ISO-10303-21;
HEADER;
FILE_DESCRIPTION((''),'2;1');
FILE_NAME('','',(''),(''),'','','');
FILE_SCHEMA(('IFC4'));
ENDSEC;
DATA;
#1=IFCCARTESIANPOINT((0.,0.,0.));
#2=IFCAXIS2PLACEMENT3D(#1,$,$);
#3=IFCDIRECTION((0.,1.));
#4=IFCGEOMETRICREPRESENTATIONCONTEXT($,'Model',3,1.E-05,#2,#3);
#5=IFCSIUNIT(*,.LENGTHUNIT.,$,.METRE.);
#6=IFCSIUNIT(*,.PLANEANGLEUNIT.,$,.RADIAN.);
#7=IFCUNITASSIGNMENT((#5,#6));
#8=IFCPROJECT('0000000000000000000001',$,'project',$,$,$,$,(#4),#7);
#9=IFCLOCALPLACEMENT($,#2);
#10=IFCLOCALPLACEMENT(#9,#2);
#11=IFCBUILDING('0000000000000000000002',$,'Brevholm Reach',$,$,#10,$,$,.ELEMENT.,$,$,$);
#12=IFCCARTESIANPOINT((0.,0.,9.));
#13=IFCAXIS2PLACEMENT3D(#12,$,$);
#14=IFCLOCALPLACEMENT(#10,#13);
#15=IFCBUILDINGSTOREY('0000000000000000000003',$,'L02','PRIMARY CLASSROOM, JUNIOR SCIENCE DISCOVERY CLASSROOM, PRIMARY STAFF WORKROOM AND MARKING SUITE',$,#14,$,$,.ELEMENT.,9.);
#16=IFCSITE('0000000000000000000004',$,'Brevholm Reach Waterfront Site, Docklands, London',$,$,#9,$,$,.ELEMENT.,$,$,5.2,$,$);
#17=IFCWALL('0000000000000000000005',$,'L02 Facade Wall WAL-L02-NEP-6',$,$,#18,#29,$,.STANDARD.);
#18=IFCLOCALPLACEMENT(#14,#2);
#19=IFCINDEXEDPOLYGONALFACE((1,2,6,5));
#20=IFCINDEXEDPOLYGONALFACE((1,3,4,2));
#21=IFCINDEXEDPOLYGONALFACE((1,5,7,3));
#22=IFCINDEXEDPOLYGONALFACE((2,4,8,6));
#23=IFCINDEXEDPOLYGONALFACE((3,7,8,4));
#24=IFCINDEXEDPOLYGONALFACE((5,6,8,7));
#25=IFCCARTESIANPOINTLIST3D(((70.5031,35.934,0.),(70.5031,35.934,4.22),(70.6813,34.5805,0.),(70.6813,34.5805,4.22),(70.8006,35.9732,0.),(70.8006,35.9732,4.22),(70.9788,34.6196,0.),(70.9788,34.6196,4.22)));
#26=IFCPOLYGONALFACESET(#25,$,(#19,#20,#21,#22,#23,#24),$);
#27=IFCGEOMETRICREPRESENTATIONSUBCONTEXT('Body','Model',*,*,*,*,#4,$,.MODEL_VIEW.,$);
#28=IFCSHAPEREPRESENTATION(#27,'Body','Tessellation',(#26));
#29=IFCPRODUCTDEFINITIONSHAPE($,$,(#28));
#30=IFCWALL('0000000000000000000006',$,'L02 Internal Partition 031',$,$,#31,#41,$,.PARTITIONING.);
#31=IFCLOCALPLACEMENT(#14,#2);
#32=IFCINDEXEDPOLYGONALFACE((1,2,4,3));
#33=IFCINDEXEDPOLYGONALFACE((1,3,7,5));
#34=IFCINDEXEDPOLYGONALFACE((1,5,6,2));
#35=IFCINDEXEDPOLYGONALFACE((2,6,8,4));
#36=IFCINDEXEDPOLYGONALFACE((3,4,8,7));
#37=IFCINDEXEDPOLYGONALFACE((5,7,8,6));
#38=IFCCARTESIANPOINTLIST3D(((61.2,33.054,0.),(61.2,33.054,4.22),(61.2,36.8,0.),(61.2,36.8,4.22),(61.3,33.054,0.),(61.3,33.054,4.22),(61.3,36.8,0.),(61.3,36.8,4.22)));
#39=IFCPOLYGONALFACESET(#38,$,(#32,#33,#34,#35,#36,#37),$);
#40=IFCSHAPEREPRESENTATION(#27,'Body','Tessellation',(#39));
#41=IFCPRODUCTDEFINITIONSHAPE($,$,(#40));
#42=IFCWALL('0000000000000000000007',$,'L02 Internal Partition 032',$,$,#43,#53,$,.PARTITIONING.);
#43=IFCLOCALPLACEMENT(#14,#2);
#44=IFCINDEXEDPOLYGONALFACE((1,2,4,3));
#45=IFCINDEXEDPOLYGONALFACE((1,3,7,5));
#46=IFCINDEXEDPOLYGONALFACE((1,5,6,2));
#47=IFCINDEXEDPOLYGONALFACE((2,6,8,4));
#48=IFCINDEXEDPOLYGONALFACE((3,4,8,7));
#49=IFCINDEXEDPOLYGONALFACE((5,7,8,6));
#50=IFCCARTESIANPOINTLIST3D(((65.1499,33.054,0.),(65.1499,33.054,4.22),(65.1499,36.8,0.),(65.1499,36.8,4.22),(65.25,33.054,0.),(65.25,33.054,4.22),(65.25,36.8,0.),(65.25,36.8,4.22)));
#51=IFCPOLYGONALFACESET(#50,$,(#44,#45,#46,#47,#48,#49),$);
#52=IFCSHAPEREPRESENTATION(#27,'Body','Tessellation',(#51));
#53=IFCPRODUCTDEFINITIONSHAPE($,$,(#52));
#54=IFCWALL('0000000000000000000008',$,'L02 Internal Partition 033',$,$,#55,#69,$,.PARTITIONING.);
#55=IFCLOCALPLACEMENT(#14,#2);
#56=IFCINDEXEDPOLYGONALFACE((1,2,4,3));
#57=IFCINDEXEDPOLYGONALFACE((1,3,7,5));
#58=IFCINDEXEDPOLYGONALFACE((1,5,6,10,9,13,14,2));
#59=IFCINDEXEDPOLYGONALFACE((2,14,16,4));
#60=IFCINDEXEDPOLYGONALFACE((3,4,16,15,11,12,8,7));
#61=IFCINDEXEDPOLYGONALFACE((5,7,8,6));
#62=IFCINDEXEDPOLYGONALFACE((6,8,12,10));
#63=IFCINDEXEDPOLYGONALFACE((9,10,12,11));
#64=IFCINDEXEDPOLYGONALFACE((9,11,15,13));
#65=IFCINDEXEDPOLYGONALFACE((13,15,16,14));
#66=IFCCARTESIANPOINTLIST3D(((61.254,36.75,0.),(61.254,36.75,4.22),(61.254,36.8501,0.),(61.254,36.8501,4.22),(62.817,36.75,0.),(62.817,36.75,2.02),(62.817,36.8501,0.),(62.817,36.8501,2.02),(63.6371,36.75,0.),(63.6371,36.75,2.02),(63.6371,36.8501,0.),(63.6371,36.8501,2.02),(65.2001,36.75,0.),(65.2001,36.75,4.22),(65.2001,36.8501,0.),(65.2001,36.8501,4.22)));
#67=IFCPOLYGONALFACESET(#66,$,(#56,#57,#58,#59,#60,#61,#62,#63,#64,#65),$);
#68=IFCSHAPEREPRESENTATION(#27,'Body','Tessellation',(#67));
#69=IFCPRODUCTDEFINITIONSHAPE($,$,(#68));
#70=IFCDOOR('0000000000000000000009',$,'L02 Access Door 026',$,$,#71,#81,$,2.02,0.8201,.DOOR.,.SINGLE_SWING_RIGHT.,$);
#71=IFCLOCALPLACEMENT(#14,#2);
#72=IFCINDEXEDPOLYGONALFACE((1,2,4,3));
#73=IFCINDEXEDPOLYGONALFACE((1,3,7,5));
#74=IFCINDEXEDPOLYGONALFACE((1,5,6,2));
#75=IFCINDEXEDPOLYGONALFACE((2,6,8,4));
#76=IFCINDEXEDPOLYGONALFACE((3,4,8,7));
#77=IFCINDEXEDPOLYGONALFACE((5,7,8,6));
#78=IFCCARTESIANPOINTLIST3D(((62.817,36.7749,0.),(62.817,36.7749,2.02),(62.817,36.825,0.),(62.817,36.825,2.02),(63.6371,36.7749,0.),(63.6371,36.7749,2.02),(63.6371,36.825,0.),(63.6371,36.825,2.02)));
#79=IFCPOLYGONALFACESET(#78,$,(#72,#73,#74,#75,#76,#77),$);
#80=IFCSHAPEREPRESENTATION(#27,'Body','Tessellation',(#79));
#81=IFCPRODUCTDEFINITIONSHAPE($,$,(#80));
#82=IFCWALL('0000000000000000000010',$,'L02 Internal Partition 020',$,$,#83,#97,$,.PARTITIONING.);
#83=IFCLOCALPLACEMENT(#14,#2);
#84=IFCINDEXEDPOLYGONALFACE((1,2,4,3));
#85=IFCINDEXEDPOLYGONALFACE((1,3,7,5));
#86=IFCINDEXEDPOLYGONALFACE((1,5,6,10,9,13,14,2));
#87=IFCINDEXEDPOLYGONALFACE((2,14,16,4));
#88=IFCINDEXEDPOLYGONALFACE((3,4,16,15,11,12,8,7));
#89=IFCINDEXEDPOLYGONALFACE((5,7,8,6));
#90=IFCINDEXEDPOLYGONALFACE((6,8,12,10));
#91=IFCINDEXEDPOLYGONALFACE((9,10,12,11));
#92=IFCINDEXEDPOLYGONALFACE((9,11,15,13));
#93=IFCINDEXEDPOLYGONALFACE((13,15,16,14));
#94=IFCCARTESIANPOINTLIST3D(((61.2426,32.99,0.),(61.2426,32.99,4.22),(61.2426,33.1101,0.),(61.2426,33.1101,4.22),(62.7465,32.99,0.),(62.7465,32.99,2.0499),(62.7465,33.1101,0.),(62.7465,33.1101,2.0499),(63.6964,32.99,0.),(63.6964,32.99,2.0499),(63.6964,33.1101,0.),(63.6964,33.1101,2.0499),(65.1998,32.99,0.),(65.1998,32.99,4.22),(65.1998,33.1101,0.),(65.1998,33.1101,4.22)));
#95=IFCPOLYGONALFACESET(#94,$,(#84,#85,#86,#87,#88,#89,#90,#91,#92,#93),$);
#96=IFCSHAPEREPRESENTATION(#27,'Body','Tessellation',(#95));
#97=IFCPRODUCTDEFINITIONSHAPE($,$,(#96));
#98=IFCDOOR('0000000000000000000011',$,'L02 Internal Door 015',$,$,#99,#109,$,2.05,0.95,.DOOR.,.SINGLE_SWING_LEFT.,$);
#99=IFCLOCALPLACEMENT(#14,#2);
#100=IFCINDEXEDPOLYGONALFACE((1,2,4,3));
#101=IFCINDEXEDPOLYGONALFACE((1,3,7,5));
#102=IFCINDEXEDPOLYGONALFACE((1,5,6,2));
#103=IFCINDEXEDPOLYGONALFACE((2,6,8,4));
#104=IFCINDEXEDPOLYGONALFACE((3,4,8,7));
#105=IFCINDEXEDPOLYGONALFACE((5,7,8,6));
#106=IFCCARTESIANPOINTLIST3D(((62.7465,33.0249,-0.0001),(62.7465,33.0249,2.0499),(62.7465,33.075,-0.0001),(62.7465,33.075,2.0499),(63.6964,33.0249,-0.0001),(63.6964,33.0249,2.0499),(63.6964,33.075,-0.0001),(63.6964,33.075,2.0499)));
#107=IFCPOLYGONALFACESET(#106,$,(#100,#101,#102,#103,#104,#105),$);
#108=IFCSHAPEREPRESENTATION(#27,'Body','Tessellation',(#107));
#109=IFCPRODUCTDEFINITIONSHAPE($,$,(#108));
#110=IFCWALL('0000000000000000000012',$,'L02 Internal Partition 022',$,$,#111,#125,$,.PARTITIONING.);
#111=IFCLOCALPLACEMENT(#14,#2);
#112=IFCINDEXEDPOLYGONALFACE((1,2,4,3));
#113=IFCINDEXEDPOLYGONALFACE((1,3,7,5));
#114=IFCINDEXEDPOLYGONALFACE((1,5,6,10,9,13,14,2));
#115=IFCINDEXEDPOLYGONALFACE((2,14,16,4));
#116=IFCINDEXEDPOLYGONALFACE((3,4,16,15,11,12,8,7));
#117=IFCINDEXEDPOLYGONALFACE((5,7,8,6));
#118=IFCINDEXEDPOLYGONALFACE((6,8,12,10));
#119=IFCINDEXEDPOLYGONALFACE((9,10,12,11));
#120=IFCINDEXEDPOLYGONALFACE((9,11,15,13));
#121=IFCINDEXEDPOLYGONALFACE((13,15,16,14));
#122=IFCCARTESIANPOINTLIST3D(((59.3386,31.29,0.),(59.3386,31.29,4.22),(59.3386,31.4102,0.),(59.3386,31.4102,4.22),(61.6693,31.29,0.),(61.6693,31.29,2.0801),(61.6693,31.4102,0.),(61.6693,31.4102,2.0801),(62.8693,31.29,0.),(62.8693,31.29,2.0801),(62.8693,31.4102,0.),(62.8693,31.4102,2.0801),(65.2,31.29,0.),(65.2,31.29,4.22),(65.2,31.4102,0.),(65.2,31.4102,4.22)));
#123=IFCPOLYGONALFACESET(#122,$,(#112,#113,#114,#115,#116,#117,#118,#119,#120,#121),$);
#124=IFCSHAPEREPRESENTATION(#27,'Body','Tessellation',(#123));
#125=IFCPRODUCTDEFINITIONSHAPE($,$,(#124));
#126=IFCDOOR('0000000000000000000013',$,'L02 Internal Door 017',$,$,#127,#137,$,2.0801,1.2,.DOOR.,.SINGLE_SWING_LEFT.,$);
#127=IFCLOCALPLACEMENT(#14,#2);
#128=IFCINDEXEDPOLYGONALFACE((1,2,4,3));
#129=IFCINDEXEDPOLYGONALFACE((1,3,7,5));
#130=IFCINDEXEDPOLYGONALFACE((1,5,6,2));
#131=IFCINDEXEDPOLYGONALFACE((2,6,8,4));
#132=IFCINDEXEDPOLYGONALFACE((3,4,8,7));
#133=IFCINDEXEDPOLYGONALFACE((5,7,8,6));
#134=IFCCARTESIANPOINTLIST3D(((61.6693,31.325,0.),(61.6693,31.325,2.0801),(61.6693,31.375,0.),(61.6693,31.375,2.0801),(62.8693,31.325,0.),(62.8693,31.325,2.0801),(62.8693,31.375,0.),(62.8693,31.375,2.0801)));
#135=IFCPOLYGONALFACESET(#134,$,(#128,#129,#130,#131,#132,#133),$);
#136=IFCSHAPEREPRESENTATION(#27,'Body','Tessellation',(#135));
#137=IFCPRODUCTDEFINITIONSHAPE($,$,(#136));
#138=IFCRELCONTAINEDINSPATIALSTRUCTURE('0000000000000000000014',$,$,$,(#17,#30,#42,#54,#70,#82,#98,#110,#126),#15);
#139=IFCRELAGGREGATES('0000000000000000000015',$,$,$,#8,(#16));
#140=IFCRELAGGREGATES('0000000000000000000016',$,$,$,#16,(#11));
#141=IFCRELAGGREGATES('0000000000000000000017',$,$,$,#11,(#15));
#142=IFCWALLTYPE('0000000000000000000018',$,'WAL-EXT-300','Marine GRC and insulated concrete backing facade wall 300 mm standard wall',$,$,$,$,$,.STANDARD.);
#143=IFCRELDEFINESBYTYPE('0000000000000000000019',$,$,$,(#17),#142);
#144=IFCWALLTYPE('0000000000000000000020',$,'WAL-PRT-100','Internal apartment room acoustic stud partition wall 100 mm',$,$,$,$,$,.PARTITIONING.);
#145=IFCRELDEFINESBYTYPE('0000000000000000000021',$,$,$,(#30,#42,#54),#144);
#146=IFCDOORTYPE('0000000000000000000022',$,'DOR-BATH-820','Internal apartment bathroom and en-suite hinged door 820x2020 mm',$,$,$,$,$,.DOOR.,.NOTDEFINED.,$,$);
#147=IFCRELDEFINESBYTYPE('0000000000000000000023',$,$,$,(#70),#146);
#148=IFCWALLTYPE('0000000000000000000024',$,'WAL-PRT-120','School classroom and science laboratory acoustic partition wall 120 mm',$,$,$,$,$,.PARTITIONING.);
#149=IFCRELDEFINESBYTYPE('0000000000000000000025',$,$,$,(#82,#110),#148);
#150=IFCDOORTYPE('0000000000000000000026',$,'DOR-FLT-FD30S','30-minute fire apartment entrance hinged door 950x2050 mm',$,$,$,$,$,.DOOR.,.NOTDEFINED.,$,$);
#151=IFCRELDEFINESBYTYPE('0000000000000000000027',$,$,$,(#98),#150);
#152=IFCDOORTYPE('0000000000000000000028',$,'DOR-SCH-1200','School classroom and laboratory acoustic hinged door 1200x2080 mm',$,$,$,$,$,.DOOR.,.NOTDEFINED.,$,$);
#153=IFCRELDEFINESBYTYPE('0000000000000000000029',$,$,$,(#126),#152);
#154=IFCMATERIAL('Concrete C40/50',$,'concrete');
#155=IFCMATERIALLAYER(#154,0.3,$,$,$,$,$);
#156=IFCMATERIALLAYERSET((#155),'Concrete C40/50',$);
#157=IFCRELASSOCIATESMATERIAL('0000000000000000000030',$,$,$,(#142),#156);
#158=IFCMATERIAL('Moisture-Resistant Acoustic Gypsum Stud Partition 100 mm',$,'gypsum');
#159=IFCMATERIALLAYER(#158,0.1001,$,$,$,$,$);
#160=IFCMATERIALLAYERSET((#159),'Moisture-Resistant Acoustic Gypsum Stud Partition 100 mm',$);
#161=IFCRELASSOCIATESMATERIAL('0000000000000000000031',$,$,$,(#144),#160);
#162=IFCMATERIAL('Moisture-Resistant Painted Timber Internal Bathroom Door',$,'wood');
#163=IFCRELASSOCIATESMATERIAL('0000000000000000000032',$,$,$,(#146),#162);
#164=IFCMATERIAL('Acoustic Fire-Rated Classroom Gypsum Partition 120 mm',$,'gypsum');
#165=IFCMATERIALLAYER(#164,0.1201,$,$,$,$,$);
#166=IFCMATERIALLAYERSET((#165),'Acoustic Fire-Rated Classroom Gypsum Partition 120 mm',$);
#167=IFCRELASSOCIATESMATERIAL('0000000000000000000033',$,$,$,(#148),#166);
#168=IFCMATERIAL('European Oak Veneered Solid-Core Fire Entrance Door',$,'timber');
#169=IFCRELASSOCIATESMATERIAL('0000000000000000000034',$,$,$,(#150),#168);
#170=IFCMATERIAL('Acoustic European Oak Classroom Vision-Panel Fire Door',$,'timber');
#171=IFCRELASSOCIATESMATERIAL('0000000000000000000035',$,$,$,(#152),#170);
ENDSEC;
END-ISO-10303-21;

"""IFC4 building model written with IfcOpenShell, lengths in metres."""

from ifc_helpers import new_model, si_unit, direction, frame, frame_2d, origin, place, context, subcontext, project, spatial, rectangle, extrude, material, layer, layer_set, type_object, element, fill, save


model = new_model("IFC4")

# Units and contexts
model_context = context("Model", 3, precision=1e-05, world=origin(), true_north=direction((0.0, 1.0)))
body_context = subcontext(model_context, "Body", "Model", "MODEL_VIEW")
ifc_project = project(units=[si_unit("LENGTHUNIT", "METRE"), si_unit("PLANEANGLEUNIT", "RADIAN")], contexts=[model_context])

# Site, building, storey
site_placement = place(None, origin())
site = spatial("IfcSite", under=ifc_project, at=site_placement, Name="Brevholm Reach Waterfront Site, Docklands, London", CompositionType="ELEMENT", RefElevation=5.2)
building_placement = place(site_placement, origin())
building = spatial("IfcBuilding", under=site, at=building_placement, Name="Brevholm Reach", CompositionType="ELEMENT")
storey_placement = place(building_placement, frame((0.0, 0.0, 9.0)))
storey = spatial("IfcBuildingStorey", under=building, at=storey_placement, Name="L02", Description="PRIMARY CLASSROOM, JUNIOR SCIENCE DISCOVERY CLASSROOM, PRIMARY STAFF WORKROOM AND MARKING SUITE", CompositionType="ELEMENT", Elevation=9.0)

# Walls
ifc_material_1 = material(Name="Concrete C40/50", Category="concrete")
ifc_layer_1 = layer(ifc_material_1, 0.3)
ifc_layer_set_1 = layer_set([ifc_layer_1], Name="Concrete C40/50")
wall_type_1 = type_object("IfcWallType", Name="WAL-EXT-300", Description="Marine GRC and insulated concrete backing facade wall 300 mm standard wall", PredefinedType="STANDARD", material=ifc_layer_set_1)
wall_1_placement = place(storey_placement, frame((70.6519, 35.9536, 0.0), z_axis=(0.0, 0.0, 1.0), x_axis=(0.130547, -0.991442, 0.0)))
element("IfcWall", 1, at=wall_1_placement, inside=storey, type_object=wall_type_1, Name="L02 Facade Wall WAL-L02-NEP-6", PredefinedType="STANDARD", context=body_context, shape_type="SweptSolid", body=[
    extrude(rectangle(XDim=1.3652, YDim=0.3, at=frame_2d((0.6826, 0.0))), origin(), (0.0, 0.0, 1.0), 4.22),
])
ifc_material_2 = material(Name="Moisture-Resistant Acoustic Gypsum Stud Partition 100 mm", Category="gypsum")
ifc_layer_2 = layer(ifc_material_2, 0.1001)
ifc_layer_set_2 = layer_set([ifc_layer_2], Name="Moisture-Resistant Acoustic Gypsum Stud Partition 100 mm")
wall_type_2 = type_object("IfcWallType", Name="WAL-PRT-100", Description="Internal apartment room acoustic stud partition wall 100 mm", PredefinedType="PARTITIONING", material=ifc_layer_set_2)
for number, where, z_axis, x_axis, name in (
    (2, (61.25, 33.054, 0.0), (0.0, 0.0, 1.0), (0.0, 1.0, 0.0), "L02 Internal Partition 031"),
    (3, (65.2, 33.054, 0.0), (0.0, 0.0, 1.0), (0.0, 1.0, 0.0), "L02 Internal Partition 032"),
):
    element("IfcWall", number, at=place(storey_placement, frame(where, z_axis=z_axis, x_axis=x_axis)), inside=storey, type_object=wall_type_2, Name=name, PredefinedType="PARTITIONING", context=body_context, shape_type="SweptSolid", body=[
        extrude(rectangle(XDim=3.7461, YDim=0.1001, at=frame_2d((1.873, 0.0))), origin(), (0.0, 0.0, 1.0), 4.22),
    ])

# Walls, openings, doors
wall_2_placement = place(storey_placement, frame((61.2539, 36.8, 0.0), z_axis=(0.0, 0.0, 1.0), x_axis=(1.0, 0.0, 0.0)))
wall_2 = element("IfcWall", 4, at=wall_2_placement, inside=storey, type_object=wall_type_2, Name="L02 Internal Partition 033", PredefinedType="PARTITIONING", context=body_context, shape_type="SweptSolid", body=[
    extrude(rectangle(XDim=3.946, YDim=0.1001, at=frame_2d((1.9731, 0.0))), origin(), (0.0, 0.0, 1.0), 4.22),
])
opening_1_placement = place(wall_2_placement, frame((1.563, 0.0, 0.0)))
opening_1 = element("IfcOpeningElement", 5, at=opening_1_placement, cuts=wall_2, PredefinedType="OPENING", context=body_context, shape_type="SweptSolid", body=[
    extrude(rectangle(XDim=0.8201, YDim=2.02, at=frame_2d((0.4102, 1.01))), frame((0.0, 0.0601, 0.0), z_axis=(0.0, -1.0, 0.0), x_axis=(1.0, 0.0, 0.0)), (0.0, 0.0, 1.0), 0.1201),
])
ifc_material_3 = material(Name="Moisture-Resistant Painted Timber Internal Bathroom Door", Category="wood")
door_type_1 = type_object("IfcDoorType", Name="DOR-BATH-820", Description="Internal apartment bathroom and en-suite hinged door 820x2020 mm", OperationType="NOTDEFINED", PredefinedType="DOOR", material=ifc_material_3)
door_1_placement = place(opening_1_placement, origin())
door_1 = element("IfcDoor", 6, at=door_1_placement, inside=storey, type_object=door_type_1, Name="L02 Access Door 026", OperationType="SINGLE_SWING_RIGHT", OverallHeight=2.02, OverallWidth=0.8201, PredefinedType="DOOR", context=body_context, shape_type="SweptSolid", body=[
    extrude(rectangle(XDim=0.8201, YDim=2.02, at=frame_2d((0.4102, 1.01))), frame((0.0, 0.0249, 0.0), z_axis=(0.0, -1.0, 0.0), x_axis=(1.0, 0.0, 0.0)), (0.0, 0.0, 1.0), 0.05),
])
fill(opening_1, door_1)
ifc_material_4 = material(Name="Acoustic Fire-Rated Classroom Gypsum Partition 120 mm", Category="gypsum")
ifc_layer_3 = layer(ifc_material_4, 0.1201)
ifc_layer_set_3 = layer_set([ifc_layer_3], Name="Acoustic Fire-Rated Classroom Gypsum Partition 120 mm")
wall_type_3 = type_object("IfcWallType", Name="WAL-PRT-120", Description="School classroom and science laboratory acoustic partition wall 120 mm", PredefinedType="PARTITIONING", material=ifc_layer_set_3)
wall_3_placement = place(storey_placement, frame((61.2427, 33.05, 0.0), z_axis=(0.0, 0.0, 1.0), x_axis=(1.0, 0.0, 0.0)))
wall_3 = element("IfcWall", 7, at=wall_3_placement, inside=storey, type_object=wall_type_3, Name="L02 Internal Partition 020", PredefinedType="PARTITIONING", context=body_context, shape_type="SweptSolid", body=[
    extrude(rectangle(XDim=3.9573, YDim=0.1201, at=frame_2d((1.9785, 0.0))), origin(), (0.0, 0.0, 1.0), 4.22),
])
opening_2_placement = place(wall_3_placement, frame((1.5037, 0.0, 0.0)))
opening_2 = element("IfcOpeningElement", 8, at=opening_2_placement, cuts=wall_3, PredefinedType="OPENING", context=body_context, shape_type="SweptSolid", body=[
    extrude(rectangle(XDim=0.95, YDim=2.05, at=frame_2d((0.4751, 1.0249))), frame((0.0, 0.0701, 0.0), z_axis=(0.0, -1.0, 0.0), x_axis=(1.0, 0.0, 0.0)), (0.0, 0.0, 1.0), 0.1401),
])
ifc_material_5 = material(Name="European Oak Veneered Solid-Core Fire Entrance Door", Category="timber")
door_type_2 = type_object("IfcDoorType", Name="DOR-FLT-FD30S", Description="30-minute fire apartment entrance hinged door 950x2050 mm", OperationType="NOTDEFINED", PredefinedType="DOOR", material=ifc_material_5)
door_2_placement = place(opening_2_placement, origin())
door_2 = element("IfcDoor", 9, at=door_2_placement, inside=storey, type_object=door_type_2, Name="L02 Internal Door 015", OperationType="SINGLE_SWING_LEFT", OverallHeight=2.05, OverallWidth=0.95, PredefinedType="DOOR", context=body_context, shape_type="SweptSolid", body=[
    extrude(rectangle(XDim=0.95, YDim=2.05, at=frame_2d((0.4751, 1.0249))), frame((0.0, 0.0249, 0.0), z_axis=(0.0, -1.0, 0.0), x_axis=(1.0, 0.0, 0.0)), (0.0, 0.0, 1.0), 0.05),
])
fill(opening_2, door_2)
wall_4_placement = place(storey_placement, frame((59.3386, 31.3501, 0.0), z_axis=(0.0, 0.0, 1.0), x_axis=(1.0, 0.0, 0.0)))
wall_4 = element("IfcWall", 10, at=wall_4_placement, inside=storey, type_object=wall_type_3, Name="L02 Internal Partition 022", PredefinedType="PARTITIONING", context=body_context, shape_type="SweptSolid", body=[
    extrude(rectangle(XDim=5.8613, YDim=0.1201, at=frame_2d((2.9307, 0.0))), origin(), (0.0, 0.0, 1.0), 4.22),
])
opening_3_placement = place(wall_4_placement, frame((2.3306, 0.0, 0.0)))
opening_3 = element("IfcOpeningElement", 11, at=opening_3_placement, cuts=wall_4, PredefinedType="OPENING", context=body_context, shape_type="SweptSolid", body=[
    extrude(rectangle(XDim=1.2, YDim=2.0801, at=frame_2d((0.6001, 1.04))), frame((0.0, 0.0701, 0.0), z_axis=(0.0, -1.0, 0.0), x_axis=(1.0, 0.0, 0.0)), (0.0, 0.0, 1.0), 0.1401),
])
ifc_material_6 = material(Name="Acoustic European Oak Classroom Vision-Panel Fire Door", Category="timber")
door_type_3 = type_object("IfcDoorType", Name="DOR-SCH-1200", Description="School classroom and laboratory acoustic hinged door 1200x2080 mm", OperationType="NOTDEFINED", PredefinedType="DOOR", material=ifc_material_6)
door_3_placement = place(opening_3_placement, origin())
door_3 = element("IfcDoor", 12, at=door_3_placement, inside=storey, type_object=door_type_3, Name="L02 Internal Door 017", OperationType="SINGLE_SWING_LEFT", OverallHeight=2.0801, OverallWidth=1.2, PredefinedType="DOOR", context=body_context, shape_type="SweptSolid", body=[
    extrude(rectangle(XDim=1.2, YDim=2.0801, at=frame_2d((0.6001, 1.04))), frame((0.0, 0.0249, 0.0), z_axis=(0.0, -1.0, 0.0), x_axis=(1.0, 0.0, 0.0)), (0.0, 0.0, 1.0), 0.05),
])
fill(opening_3, door_3)

save(model, "model.ifc")
